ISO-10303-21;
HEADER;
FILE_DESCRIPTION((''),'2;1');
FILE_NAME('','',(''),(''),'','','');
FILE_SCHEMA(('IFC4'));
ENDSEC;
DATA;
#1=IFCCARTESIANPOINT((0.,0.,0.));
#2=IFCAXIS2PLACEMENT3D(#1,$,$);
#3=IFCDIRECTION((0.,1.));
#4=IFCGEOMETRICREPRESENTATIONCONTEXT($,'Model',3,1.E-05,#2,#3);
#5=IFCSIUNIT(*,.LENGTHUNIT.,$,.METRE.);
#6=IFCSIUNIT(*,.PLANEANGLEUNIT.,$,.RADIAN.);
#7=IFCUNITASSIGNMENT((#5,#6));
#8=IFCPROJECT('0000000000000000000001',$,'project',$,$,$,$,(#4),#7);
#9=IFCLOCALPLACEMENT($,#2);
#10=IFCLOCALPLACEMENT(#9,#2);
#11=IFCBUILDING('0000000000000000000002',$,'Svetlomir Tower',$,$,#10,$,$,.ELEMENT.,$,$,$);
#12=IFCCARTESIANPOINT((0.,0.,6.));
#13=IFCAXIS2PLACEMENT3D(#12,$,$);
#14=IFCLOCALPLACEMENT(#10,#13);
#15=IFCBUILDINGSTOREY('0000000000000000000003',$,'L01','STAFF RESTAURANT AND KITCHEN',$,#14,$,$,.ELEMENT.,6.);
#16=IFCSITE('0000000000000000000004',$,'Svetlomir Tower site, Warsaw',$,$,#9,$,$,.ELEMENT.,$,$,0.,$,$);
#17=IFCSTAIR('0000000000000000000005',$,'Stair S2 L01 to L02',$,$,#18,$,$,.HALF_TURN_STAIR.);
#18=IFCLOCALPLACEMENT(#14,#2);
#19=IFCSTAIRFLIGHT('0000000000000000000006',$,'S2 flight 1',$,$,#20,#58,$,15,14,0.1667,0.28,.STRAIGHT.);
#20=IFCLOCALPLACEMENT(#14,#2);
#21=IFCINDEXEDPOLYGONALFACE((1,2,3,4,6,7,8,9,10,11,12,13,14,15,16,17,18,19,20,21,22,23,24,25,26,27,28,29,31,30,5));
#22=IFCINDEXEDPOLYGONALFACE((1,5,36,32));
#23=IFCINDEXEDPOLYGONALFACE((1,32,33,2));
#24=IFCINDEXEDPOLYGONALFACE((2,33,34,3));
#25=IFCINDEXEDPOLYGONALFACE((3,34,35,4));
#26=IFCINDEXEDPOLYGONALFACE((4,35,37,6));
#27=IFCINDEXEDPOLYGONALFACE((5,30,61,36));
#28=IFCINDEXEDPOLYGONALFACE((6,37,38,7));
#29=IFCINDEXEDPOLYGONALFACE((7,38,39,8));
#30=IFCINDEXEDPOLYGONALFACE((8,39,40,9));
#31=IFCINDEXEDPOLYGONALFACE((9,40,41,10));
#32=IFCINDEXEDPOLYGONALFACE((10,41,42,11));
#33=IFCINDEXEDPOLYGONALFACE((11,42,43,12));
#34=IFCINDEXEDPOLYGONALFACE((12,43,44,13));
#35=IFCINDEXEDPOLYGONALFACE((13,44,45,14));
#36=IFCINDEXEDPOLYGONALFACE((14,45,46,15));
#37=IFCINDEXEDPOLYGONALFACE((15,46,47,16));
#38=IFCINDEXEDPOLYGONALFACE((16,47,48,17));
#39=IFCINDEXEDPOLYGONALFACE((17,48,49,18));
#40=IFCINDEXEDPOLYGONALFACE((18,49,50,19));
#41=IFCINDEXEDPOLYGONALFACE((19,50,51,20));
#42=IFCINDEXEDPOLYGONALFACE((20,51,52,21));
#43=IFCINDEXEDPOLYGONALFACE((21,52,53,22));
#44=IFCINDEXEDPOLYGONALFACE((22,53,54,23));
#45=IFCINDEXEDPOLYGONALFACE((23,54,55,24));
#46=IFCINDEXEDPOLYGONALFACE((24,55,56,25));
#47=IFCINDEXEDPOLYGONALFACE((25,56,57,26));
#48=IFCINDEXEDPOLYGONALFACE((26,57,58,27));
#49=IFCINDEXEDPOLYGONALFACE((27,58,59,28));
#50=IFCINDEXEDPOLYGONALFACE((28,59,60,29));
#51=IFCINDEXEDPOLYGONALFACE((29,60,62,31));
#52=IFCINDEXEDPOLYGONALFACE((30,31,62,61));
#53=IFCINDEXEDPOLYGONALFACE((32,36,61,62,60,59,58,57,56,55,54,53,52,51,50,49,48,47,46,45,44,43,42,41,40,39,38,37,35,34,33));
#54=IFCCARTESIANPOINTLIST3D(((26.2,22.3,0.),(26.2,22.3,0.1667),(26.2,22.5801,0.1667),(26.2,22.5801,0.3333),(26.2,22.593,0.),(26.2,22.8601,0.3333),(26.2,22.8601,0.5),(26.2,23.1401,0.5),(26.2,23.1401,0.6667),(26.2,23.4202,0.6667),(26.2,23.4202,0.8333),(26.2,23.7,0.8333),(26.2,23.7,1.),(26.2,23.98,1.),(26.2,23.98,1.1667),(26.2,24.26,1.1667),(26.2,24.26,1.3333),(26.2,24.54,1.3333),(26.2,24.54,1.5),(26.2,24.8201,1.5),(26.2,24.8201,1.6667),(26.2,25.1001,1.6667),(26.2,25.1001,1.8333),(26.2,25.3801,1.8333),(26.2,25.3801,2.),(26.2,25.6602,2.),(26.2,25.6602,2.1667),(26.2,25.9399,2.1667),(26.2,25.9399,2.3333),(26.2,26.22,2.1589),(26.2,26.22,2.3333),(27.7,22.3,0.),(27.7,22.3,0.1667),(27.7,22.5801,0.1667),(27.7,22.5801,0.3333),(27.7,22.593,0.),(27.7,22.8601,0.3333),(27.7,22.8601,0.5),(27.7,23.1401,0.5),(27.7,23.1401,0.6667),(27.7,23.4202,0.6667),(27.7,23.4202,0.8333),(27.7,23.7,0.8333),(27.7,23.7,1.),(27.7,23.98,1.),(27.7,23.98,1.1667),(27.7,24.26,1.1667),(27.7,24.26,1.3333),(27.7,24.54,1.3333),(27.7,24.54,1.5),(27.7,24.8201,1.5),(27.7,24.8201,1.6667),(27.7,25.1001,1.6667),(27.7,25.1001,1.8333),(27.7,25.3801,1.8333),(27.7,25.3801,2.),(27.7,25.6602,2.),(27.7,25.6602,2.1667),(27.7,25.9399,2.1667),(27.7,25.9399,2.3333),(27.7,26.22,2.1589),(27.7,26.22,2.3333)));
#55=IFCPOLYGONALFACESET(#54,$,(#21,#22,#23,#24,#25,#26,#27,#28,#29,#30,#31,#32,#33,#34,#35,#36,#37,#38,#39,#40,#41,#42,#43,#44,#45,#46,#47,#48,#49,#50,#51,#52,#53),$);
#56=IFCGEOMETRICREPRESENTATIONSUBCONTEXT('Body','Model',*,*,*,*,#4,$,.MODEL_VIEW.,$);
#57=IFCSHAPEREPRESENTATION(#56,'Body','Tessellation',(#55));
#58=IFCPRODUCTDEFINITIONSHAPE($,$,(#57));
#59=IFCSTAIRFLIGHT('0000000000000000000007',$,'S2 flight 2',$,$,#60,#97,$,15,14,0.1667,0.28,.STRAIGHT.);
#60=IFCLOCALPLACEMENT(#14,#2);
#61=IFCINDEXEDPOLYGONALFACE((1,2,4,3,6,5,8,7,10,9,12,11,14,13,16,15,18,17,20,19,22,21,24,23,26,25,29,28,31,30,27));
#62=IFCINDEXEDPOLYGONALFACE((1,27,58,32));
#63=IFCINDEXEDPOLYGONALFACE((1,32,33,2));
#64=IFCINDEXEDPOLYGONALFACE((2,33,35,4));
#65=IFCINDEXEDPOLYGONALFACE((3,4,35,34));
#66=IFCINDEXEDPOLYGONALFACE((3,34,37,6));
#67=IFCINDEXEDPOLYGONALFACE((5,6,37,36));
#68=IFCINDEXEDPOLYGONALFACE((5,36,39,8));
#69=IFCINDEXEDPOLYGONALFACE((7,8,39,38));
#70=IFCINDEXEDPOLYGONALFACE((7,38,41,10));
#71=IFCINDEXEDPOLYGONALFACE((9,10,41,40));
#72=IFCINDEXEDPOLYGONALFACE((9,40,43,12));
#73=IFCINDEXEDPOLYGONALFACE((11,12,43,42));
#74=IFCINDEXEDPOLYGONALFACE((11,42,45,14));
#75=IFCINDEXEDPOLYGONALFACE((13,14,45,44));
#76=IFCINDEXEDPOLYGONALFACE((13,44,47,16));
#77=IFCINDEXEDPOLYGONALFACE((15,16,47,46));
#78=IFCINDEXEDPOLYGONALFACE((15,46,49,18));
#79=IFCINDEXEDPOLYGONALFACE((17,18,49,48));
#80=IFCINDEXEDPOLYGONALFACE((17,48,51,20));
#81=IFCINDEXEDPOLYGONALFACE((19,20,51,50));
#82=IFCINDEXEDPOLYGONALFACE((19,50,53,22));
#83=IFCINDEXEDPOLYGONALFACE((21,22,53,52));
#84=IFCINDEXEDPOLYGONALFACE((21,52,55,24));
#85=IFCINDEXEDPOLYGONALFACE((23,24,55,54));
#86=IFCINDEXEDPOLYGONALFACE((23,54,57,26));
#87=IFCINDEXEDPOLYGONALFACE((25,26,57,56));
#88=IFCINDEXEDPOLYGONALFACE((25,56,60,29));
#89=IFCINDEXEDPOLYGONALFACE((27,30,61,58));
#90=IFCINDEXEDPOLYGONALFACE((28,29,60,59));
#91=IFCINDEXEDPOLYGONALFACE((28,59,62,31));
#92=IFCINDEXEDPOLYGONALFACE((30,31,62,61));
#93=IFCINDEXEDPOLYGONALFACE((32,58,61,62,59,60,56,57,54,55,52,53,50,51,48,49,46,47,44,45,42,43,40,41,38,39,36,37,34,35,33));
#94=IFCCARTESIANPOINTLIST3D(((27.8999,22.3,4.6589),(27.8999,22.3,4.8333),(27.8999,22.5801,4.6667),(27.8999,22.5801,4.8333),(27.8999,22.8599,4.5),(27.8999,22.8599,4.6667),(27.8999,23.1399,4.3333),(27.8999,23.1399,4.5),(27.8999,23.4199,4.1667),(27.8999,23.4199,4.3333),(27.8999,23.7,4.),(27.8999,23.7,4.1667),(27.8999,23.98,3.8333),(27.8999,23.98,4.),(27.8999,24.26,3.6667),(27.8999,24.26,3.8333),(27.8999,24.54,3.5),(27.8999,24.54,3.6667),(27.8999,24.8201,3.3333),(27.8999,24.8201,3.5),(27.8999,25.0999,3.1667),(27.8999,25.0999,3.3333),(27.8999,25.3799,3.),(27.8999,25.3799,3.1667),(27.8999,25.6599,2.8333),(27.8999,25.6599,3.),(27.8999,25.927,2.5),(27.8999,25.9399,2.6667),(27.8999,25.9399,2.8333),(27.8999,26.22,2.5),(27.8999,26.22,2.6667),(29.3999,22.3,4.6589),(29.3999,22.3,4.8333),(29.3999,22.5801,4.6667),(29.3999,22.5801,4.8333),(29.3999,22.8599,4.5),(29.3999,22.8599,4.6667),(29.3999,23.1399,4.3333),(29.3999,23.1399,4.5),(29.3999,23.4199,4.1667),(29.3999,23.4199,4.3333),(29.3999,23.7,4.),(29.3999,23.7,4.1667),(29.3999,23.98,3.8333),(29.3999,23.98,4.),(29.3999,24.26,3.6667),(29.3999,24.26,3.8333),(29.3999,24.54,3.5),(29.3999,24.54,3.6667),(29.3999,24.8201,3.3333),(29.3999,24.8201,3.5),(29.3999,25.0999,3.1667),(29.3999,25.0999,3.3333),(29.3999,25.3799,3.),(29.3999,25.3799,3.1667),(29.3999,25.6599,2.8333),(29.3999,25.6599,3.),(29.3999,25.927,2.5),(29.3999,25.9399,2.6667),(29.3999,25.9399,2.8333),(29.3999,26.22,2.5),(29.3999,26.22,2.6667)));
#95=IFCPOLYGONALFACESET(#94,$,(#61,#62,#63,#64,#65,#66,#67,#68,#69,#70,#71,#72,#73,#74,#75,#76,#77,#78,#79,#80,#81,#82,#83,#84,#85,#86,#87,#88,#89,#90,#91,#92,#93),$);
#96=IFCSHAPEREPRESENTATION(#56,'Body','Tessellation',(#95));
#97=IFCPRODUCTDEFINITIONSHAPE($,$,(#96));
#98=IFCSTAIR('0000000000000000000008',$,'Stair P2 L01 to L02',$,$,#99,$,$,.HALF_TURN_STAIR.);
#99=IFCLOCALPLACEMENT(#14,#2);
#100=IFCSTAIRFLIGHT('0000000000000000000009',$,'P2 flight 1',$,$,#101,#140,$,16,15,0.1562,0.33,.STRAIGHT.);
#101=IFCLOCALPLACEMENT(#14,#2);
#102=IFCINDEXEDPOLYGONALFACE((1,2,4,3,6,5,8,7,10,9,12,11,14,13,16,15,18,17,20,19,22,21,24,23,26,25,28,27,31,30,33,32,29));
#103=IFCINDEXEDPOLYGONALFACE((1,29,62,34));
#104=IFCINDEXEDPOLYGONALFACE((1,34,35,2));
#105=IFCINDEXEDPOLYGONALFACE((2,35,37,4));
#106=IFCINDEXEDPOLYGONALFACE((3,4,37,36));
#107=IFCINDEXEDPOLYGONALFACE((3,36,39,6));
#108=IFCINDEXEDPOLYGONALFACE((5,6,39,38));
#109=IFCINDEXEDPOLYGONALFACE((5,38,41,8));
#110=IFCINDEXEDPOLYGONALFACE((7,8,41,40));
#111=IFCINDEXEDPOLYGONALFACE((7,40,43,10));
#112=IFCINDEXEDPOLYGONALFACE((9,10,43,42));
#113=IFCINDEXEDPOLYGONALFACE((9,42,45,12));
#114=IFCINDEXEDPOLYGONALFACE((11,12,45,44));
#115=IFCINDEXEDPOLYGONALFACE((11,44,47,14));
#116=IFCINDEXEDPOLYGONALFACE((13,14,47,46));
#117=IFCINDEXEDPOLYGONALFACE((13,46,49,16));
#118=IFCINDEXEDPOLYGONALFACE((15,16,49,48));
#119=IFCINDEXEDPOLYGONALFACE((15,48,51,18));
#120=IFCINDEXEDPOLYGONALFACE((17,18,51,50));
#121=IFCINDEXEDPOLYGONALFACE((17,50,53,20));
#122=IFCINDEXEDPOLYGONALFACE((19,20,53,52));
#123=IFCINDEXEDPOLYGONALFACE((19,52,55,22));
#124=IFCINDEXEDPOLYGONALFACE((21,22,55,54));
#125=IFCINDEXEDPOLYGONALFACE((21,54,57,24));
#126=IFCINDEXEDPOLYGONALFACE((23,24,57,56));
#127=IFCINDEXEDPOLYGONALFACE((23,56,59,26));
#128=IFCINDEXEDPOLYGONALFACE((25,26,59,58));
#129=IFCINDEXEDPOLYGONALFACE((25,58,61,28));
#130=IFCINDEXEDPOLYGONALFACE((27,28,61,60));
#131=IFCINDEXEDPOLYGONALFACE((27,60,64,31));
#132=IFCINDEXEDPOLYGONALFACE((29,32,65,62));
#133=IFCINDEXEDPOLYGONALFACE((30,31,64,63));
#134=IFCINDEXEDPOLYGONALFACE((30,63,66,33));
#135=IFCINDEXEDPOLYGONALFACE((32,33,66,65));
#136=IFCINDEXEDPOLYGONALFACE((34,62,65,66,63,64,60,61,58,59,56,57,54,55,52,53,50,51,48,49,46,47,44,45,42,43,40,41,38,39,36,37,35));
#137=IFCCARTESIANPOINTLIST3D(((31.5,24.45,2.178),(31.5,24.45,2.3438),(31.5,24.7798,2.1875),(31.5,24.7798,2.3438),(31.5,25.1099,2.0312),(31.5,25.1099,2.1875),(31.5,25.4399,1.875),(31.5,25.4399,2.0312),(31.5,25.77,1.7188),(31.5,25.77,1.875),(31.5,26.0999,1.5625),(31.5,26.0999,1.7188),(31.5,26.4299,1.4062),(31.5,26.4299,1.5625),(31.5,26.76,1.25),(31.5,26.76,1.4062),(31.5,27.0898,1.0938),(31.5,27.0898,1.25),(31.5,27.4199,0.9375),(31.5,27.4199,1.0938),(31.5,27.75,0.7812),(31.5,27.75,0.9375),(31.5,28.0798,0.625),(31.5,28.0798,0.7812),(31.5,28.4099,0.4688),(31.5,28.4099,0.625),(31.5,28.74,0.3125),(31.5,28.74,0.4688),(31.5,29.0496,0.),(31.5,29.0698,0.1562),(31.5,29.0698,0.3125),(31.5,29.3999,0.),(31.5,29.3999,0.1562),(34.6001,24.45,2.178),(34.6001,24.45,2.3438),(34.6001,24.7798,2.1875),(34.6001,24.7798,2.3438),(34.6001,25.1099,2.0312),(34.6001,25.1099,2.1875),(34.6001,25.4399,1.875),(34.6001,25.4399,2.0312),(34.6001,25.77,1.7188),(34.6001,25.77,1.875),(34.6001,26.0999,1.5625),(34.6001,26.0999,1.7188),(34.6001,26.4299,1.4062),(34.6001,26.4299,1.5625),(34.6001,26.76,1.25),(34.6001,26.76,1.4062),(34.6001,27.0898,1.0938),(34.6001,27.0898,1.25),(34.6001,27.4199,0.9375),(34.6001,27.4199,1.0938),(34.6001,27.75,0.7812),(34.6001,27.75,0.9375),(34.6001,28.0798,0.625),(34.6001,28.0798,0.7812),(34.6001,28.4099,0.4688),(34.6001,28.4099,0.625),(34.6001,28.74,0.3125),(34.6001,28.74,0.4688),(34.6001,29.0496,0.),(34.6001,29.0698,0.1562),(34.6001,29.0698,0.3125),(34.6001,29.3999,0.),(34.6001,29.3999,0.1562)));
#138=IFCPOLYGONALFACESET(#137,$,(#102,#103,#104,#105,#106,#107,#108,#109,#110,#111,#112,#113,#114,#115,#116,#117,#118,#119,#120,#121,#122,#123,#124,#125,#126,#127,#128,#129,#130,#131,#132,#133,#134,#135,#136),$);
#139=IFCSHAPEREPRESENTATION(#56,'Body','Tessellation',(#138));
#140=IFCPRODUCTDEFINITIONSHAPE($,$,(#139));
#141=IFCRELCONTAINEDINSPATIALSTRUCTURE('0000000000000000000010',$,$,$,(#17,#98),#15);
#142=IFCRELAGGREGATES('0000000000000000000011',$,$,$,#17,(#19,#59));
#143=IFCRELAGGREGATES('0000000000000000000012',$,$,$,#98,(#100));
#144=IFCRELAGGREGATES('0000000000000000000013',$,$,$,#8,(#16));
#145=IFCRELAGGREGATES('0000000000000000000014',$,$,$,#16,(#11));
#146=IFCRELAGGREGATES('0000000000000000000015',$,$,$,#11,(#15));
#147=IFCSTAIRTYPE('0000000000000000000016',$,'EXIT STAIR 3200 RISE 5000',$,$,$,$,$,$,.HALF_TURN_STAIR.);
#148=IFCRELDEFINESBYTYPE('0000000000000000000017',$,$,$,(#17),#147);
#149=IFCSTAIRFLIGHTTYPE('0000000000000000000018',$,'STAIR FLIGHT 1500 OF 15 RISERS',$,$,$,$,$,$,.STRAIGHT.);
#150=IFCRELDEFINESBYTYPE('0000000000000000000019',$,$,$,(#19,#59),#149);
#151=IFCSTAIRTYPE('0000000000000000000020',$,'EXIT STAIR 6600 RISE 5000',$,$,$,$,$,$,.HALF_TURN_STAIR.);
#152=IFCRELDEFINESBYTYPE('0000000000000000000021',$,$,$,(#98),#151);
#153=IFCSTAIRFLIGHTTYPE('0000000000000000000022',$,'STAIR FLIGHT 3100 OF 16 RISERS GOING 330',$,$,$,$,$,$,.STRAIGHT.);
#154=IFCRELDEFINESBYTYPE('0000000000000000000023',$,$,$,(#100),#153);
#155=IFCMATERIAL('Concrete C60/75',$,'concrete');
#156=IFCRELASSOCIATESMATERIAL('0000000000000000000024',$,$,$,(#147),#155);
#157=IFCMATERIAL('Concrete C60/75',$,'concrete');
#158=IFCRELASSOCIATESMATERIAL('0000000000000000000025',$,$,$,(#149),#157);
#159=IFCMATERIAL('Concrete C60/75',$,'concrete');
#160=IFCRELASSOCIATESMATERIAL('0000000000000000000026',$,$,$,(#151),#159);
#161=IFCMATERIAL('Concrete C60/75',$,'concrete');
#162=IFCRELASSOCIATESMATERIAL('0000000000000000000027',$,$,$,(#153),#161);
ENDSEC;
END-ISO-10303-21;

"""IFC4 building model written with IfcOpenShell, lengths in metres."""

from ifc_helpers import new_model, si_unit, direction, frame, origin, place, context, subcontext, project, spatial, polyline, outline, extrude, material, type_object, element, aggregate, save


model = new_model("IFC4")

# Units and contexts
model_context = context("Model", 3, precision=1e-05, world=origin(), true_north=direction((0.0, 1.0)))
body_context = subcontext(model_context, "Body", "Model", "MODEL_VIEW")
ifc_project = project(units=[si_unit("LENGTHUNIT", "METRE"), si_unit("PLANEANGLEUNIT", "RADIAN")], contexts=[model_context])

# Site, building, storey
site_placement = place(None, origin())
site = spatial("IfcSite", under=ifc_project, at=site_placement, Name="Svetlomir Tower site, Warsaw", CompositionType="ELEMENT", RefElevation=0.0)
building_placement = place(site_placement, origin())
building = spatial("IfcBuilding", under=site, at=building_placement, Name="Svetlomir Tower", CompositionType="ELEMENT")
storey_placement = place(building_placement, frame((0.0, 0.0, 6.0)))
storey = spatial("IfcBuildingStorey", under=building, at=storey_placement, Name="L01", Description="STAFF RESTAURANT AND KITCHEN", CompositionType="ELEMENT", Elevation=6.0)

# Stair, stair flights
ifc_material_1 = material(Name="Concrete C60/75", Category="concrete")
stair_type_1 = type_object("IfcStairType", Name="EXIT STAIR 3200 RISE 5000", PredefinedType="HALF_TURN_STAIR", material=ifc_material_1)
stair_1_placement = place(storey_placement, origin())
stair_1 = element("IfcStair", 1, at=stair_1_placement, inside=storey, type_object=stair_type_1, Name="Stair S2 L01 to L02", PredefinedType="HALF_TURN_STAIR")
ifc_material_2 = material(Name="Concrete C60/75", Category="concrete")
stair_flight_type_1 = type_object("IfcStairFlightType", Name="STAIR FLIGHT 1500 OF 15 RISERS", PredefinedType="STRAIGHT", material=ifc_material_2)
stair_flight_1_placement = place(storey_placement, frame((26.95, 22.3, 0.0), z_axis=(0.0, 0.0, 1.0), x_axis=(0.0, 1.0, 0.0)))
stair_flight_1 = element("IfcStairFlight", 2, at=stair_flight_1_placement, type_object=stair_flight_type_1, Name="S2 flight 1", NumberOfRisers=15, NumberOfTreads=14, PredefinedType="STRAIGHT", RiserHeight=0.1667, TreadLength=0.28, context=body_context, shape_type="SweptSolid", body=[
    extrude(outline(polyline([(0.0, 0.0), (0.0, 0.1667), (0.28, 0.1667), (0.28, 0.3333), (0.5601, 0.3333), (0.5601, 0.5), (0.8401, 0.5), (0.8401, 0.6667), (1.1201, 0.6667), (1.1201, 0.8333), (1.3999, 0.8333), (1.3999, 1.0), (1.6799, 1.0), (1.6799, 1.1667), (1.96, 1.1667), (1.96, 1.3333), (2.24, 1.3333), (2.24, 1.5), (2.52, 1.5), (2.52, 1.6667), (2.8, 1.6667), (2.8, 1.8333), (3.0801, 1.8333), (3.0801, 2.0), (3.3601, 2.0), (3.3601, 2.1667), (3.6399, 2.1667), (3.6399, 2.3333), (3.9199, 2.3333), (3.9199, 2.5), (3.9199, 2.1589), (0.293, 0.0), (0.0, 0.0)])), frame((0.0, 0.75, 0.0), z_axis=(0.0, -1.0, 0.0), x_axis=(1.0, 0.0, 0.0)), (0.0, 0.0, 1.0), 1.5),
])
stair_flight_2_placement = place(storey_placement, frame((28.6499, 26.22, 2.5), z_axis=(0.0, 0.0, 1.0), x_axis=(0.0, -1.0, 0.0)))
stair_flight_2 = element("IfcStairFlight", 3, at=stair_flight_2_placement, type_object=stair_flight_type_1, Name="S2 flight 2", NumberOfRisers=15, NumberOfTreads=14, PredefinedType="STRAIGHT", RiserHeight=0.1667, TreadLength=0.28, context=body_context, shape_type="SweptSolid", body=[
    extrude(outline(polyline([(0.0, 0.0), (0.0, 0.1667), (0.28, 0.1667), (0.28, 0.3333), (0.5601, 0.3333), (0.5601, 0.5), (0.8401, 0.5), (0.8401, 0.6667), (1.1201, 0.6667), (1.1201, 0.8333), (1.3999, 0.8333), (1.3999, 1.0), (1.6799, 1.0), (1.6799, 1.1667), (1.96, 1.1667), (1.96, 1.3333), (2.24, 1.3333), (2.24, 1.5), (2.52, 1.5), (2.52, 1.6667), (2.8, 1.6667), (2.8, 1.8333), (3.0801, 1.8333), (3.0801, 2.0), (3.3601, 2.0), (3.3601, 2.1667), (3.6399, 2.1667), (3.6399, 2.3333), (3.9199, 2.3333), (3.9199, 2.5), (3.9199, 2.1589), (0.293, 0.0), (0.0, 0.0)])), frame((0.0, 0.75, 0.0), z_axis=(0.0, -1.0, 0.0), x_axis=(1.0, 0.0, 0.0)), (0.0, 0.0, 1.0), 1.5),
])
aggregate(stair_1, [stair_flight_1, stair_flight_2])

# Stair, stair flight
ifc_material_3 = material(Name="Concrete C60/75", Category="concrete")
stair_type_2 = type_object("IfcStairType", Name="EXIT STAIR 6600 RISE 5000", PredefinedType="HALF_TURN_STAIR", material=ifc_material_3)
stair_2_placement = place(storey_placement, origin())
stair_2 = element("IfcStair", 4, at=stair_2_placement, inside=storey, type_object=stair_type_2, Name="Stair P2 L01 to L02", PredefinedType="HALF_TURN_STAIR")
ifc_material_4 = material(Name="Concrete C60/75", Category="concrete")
stair_flight_type_2 = type_object("IfcStairFlightType", Name="STAIR FLIGHT 3100 OF 16 RISERS GOING 330", PredefinedType="STRAIGHT", material=ifc_material_4)
stair_flight_3_placement = place(storey_placement, frame((33.05, 29.3999, 0.0), z_axis=(0.0, 0.0, 1.0), x_axis=(0.0, -1.0, 0.0)))
stair_flight_3 = element("IfcStairFlight", 5, at=stair_flight_3_placement, type_object=stair_flight_type_2, Name="P2 flight 1", NumberOfRisers=16, NumberOfTreads=15, PredefinedType="STRAIGHT", RiserHeight=0.1562, TreadLength=0.33, context=body_context, shape_type="SweptSolid", body=[
    extrude(outline(polyline([(0.0, 0.0), (0.0, 0.1562), (0.3301, 0.1562), (0.3301, 0.3125), (0.6599, 0.3125), (0.6599, 0.4688), (0.99, 0.4688), (0.99, 0.625), (1.3201, 0.625), (1.3201, 0.7812), (1.6499, 0.7812), (1.6499, 0.9375), (1.98, 0.9375), (1.98, 1.0938), (2.3101, 1.0938), (2.3101, 1.25), (2.6399, 1.25), (2.6399, 1.4062), (2.97, 1.4062), (2.97, 1.5625), (3.3, 1.5625), (3.3, 1.7188), (3.6299, 1.7188), (3.6299, 1.875), (3.96, 1.875), (3.96, 2.0312), (4.29, 2.0312), (4.29, 2.1875), (4.6201, 2.1875), (4.6201, 2.3438), (4.95, 2.3438), (4.95, 2.5), (4.95, 2.178), (0.3503, 0.0), (0.0, 0.0)])), frame((0.0, 1.55, 0.0), z_axis=(0.0, -1.0, 0.0), x_axis=(1.0, 0.0, 0.0)), (0.0, 0.0, 1.0), 3.1001),
])
aggregate(stair_2, [stair_flight_3])

save(model, "model.ifc")
